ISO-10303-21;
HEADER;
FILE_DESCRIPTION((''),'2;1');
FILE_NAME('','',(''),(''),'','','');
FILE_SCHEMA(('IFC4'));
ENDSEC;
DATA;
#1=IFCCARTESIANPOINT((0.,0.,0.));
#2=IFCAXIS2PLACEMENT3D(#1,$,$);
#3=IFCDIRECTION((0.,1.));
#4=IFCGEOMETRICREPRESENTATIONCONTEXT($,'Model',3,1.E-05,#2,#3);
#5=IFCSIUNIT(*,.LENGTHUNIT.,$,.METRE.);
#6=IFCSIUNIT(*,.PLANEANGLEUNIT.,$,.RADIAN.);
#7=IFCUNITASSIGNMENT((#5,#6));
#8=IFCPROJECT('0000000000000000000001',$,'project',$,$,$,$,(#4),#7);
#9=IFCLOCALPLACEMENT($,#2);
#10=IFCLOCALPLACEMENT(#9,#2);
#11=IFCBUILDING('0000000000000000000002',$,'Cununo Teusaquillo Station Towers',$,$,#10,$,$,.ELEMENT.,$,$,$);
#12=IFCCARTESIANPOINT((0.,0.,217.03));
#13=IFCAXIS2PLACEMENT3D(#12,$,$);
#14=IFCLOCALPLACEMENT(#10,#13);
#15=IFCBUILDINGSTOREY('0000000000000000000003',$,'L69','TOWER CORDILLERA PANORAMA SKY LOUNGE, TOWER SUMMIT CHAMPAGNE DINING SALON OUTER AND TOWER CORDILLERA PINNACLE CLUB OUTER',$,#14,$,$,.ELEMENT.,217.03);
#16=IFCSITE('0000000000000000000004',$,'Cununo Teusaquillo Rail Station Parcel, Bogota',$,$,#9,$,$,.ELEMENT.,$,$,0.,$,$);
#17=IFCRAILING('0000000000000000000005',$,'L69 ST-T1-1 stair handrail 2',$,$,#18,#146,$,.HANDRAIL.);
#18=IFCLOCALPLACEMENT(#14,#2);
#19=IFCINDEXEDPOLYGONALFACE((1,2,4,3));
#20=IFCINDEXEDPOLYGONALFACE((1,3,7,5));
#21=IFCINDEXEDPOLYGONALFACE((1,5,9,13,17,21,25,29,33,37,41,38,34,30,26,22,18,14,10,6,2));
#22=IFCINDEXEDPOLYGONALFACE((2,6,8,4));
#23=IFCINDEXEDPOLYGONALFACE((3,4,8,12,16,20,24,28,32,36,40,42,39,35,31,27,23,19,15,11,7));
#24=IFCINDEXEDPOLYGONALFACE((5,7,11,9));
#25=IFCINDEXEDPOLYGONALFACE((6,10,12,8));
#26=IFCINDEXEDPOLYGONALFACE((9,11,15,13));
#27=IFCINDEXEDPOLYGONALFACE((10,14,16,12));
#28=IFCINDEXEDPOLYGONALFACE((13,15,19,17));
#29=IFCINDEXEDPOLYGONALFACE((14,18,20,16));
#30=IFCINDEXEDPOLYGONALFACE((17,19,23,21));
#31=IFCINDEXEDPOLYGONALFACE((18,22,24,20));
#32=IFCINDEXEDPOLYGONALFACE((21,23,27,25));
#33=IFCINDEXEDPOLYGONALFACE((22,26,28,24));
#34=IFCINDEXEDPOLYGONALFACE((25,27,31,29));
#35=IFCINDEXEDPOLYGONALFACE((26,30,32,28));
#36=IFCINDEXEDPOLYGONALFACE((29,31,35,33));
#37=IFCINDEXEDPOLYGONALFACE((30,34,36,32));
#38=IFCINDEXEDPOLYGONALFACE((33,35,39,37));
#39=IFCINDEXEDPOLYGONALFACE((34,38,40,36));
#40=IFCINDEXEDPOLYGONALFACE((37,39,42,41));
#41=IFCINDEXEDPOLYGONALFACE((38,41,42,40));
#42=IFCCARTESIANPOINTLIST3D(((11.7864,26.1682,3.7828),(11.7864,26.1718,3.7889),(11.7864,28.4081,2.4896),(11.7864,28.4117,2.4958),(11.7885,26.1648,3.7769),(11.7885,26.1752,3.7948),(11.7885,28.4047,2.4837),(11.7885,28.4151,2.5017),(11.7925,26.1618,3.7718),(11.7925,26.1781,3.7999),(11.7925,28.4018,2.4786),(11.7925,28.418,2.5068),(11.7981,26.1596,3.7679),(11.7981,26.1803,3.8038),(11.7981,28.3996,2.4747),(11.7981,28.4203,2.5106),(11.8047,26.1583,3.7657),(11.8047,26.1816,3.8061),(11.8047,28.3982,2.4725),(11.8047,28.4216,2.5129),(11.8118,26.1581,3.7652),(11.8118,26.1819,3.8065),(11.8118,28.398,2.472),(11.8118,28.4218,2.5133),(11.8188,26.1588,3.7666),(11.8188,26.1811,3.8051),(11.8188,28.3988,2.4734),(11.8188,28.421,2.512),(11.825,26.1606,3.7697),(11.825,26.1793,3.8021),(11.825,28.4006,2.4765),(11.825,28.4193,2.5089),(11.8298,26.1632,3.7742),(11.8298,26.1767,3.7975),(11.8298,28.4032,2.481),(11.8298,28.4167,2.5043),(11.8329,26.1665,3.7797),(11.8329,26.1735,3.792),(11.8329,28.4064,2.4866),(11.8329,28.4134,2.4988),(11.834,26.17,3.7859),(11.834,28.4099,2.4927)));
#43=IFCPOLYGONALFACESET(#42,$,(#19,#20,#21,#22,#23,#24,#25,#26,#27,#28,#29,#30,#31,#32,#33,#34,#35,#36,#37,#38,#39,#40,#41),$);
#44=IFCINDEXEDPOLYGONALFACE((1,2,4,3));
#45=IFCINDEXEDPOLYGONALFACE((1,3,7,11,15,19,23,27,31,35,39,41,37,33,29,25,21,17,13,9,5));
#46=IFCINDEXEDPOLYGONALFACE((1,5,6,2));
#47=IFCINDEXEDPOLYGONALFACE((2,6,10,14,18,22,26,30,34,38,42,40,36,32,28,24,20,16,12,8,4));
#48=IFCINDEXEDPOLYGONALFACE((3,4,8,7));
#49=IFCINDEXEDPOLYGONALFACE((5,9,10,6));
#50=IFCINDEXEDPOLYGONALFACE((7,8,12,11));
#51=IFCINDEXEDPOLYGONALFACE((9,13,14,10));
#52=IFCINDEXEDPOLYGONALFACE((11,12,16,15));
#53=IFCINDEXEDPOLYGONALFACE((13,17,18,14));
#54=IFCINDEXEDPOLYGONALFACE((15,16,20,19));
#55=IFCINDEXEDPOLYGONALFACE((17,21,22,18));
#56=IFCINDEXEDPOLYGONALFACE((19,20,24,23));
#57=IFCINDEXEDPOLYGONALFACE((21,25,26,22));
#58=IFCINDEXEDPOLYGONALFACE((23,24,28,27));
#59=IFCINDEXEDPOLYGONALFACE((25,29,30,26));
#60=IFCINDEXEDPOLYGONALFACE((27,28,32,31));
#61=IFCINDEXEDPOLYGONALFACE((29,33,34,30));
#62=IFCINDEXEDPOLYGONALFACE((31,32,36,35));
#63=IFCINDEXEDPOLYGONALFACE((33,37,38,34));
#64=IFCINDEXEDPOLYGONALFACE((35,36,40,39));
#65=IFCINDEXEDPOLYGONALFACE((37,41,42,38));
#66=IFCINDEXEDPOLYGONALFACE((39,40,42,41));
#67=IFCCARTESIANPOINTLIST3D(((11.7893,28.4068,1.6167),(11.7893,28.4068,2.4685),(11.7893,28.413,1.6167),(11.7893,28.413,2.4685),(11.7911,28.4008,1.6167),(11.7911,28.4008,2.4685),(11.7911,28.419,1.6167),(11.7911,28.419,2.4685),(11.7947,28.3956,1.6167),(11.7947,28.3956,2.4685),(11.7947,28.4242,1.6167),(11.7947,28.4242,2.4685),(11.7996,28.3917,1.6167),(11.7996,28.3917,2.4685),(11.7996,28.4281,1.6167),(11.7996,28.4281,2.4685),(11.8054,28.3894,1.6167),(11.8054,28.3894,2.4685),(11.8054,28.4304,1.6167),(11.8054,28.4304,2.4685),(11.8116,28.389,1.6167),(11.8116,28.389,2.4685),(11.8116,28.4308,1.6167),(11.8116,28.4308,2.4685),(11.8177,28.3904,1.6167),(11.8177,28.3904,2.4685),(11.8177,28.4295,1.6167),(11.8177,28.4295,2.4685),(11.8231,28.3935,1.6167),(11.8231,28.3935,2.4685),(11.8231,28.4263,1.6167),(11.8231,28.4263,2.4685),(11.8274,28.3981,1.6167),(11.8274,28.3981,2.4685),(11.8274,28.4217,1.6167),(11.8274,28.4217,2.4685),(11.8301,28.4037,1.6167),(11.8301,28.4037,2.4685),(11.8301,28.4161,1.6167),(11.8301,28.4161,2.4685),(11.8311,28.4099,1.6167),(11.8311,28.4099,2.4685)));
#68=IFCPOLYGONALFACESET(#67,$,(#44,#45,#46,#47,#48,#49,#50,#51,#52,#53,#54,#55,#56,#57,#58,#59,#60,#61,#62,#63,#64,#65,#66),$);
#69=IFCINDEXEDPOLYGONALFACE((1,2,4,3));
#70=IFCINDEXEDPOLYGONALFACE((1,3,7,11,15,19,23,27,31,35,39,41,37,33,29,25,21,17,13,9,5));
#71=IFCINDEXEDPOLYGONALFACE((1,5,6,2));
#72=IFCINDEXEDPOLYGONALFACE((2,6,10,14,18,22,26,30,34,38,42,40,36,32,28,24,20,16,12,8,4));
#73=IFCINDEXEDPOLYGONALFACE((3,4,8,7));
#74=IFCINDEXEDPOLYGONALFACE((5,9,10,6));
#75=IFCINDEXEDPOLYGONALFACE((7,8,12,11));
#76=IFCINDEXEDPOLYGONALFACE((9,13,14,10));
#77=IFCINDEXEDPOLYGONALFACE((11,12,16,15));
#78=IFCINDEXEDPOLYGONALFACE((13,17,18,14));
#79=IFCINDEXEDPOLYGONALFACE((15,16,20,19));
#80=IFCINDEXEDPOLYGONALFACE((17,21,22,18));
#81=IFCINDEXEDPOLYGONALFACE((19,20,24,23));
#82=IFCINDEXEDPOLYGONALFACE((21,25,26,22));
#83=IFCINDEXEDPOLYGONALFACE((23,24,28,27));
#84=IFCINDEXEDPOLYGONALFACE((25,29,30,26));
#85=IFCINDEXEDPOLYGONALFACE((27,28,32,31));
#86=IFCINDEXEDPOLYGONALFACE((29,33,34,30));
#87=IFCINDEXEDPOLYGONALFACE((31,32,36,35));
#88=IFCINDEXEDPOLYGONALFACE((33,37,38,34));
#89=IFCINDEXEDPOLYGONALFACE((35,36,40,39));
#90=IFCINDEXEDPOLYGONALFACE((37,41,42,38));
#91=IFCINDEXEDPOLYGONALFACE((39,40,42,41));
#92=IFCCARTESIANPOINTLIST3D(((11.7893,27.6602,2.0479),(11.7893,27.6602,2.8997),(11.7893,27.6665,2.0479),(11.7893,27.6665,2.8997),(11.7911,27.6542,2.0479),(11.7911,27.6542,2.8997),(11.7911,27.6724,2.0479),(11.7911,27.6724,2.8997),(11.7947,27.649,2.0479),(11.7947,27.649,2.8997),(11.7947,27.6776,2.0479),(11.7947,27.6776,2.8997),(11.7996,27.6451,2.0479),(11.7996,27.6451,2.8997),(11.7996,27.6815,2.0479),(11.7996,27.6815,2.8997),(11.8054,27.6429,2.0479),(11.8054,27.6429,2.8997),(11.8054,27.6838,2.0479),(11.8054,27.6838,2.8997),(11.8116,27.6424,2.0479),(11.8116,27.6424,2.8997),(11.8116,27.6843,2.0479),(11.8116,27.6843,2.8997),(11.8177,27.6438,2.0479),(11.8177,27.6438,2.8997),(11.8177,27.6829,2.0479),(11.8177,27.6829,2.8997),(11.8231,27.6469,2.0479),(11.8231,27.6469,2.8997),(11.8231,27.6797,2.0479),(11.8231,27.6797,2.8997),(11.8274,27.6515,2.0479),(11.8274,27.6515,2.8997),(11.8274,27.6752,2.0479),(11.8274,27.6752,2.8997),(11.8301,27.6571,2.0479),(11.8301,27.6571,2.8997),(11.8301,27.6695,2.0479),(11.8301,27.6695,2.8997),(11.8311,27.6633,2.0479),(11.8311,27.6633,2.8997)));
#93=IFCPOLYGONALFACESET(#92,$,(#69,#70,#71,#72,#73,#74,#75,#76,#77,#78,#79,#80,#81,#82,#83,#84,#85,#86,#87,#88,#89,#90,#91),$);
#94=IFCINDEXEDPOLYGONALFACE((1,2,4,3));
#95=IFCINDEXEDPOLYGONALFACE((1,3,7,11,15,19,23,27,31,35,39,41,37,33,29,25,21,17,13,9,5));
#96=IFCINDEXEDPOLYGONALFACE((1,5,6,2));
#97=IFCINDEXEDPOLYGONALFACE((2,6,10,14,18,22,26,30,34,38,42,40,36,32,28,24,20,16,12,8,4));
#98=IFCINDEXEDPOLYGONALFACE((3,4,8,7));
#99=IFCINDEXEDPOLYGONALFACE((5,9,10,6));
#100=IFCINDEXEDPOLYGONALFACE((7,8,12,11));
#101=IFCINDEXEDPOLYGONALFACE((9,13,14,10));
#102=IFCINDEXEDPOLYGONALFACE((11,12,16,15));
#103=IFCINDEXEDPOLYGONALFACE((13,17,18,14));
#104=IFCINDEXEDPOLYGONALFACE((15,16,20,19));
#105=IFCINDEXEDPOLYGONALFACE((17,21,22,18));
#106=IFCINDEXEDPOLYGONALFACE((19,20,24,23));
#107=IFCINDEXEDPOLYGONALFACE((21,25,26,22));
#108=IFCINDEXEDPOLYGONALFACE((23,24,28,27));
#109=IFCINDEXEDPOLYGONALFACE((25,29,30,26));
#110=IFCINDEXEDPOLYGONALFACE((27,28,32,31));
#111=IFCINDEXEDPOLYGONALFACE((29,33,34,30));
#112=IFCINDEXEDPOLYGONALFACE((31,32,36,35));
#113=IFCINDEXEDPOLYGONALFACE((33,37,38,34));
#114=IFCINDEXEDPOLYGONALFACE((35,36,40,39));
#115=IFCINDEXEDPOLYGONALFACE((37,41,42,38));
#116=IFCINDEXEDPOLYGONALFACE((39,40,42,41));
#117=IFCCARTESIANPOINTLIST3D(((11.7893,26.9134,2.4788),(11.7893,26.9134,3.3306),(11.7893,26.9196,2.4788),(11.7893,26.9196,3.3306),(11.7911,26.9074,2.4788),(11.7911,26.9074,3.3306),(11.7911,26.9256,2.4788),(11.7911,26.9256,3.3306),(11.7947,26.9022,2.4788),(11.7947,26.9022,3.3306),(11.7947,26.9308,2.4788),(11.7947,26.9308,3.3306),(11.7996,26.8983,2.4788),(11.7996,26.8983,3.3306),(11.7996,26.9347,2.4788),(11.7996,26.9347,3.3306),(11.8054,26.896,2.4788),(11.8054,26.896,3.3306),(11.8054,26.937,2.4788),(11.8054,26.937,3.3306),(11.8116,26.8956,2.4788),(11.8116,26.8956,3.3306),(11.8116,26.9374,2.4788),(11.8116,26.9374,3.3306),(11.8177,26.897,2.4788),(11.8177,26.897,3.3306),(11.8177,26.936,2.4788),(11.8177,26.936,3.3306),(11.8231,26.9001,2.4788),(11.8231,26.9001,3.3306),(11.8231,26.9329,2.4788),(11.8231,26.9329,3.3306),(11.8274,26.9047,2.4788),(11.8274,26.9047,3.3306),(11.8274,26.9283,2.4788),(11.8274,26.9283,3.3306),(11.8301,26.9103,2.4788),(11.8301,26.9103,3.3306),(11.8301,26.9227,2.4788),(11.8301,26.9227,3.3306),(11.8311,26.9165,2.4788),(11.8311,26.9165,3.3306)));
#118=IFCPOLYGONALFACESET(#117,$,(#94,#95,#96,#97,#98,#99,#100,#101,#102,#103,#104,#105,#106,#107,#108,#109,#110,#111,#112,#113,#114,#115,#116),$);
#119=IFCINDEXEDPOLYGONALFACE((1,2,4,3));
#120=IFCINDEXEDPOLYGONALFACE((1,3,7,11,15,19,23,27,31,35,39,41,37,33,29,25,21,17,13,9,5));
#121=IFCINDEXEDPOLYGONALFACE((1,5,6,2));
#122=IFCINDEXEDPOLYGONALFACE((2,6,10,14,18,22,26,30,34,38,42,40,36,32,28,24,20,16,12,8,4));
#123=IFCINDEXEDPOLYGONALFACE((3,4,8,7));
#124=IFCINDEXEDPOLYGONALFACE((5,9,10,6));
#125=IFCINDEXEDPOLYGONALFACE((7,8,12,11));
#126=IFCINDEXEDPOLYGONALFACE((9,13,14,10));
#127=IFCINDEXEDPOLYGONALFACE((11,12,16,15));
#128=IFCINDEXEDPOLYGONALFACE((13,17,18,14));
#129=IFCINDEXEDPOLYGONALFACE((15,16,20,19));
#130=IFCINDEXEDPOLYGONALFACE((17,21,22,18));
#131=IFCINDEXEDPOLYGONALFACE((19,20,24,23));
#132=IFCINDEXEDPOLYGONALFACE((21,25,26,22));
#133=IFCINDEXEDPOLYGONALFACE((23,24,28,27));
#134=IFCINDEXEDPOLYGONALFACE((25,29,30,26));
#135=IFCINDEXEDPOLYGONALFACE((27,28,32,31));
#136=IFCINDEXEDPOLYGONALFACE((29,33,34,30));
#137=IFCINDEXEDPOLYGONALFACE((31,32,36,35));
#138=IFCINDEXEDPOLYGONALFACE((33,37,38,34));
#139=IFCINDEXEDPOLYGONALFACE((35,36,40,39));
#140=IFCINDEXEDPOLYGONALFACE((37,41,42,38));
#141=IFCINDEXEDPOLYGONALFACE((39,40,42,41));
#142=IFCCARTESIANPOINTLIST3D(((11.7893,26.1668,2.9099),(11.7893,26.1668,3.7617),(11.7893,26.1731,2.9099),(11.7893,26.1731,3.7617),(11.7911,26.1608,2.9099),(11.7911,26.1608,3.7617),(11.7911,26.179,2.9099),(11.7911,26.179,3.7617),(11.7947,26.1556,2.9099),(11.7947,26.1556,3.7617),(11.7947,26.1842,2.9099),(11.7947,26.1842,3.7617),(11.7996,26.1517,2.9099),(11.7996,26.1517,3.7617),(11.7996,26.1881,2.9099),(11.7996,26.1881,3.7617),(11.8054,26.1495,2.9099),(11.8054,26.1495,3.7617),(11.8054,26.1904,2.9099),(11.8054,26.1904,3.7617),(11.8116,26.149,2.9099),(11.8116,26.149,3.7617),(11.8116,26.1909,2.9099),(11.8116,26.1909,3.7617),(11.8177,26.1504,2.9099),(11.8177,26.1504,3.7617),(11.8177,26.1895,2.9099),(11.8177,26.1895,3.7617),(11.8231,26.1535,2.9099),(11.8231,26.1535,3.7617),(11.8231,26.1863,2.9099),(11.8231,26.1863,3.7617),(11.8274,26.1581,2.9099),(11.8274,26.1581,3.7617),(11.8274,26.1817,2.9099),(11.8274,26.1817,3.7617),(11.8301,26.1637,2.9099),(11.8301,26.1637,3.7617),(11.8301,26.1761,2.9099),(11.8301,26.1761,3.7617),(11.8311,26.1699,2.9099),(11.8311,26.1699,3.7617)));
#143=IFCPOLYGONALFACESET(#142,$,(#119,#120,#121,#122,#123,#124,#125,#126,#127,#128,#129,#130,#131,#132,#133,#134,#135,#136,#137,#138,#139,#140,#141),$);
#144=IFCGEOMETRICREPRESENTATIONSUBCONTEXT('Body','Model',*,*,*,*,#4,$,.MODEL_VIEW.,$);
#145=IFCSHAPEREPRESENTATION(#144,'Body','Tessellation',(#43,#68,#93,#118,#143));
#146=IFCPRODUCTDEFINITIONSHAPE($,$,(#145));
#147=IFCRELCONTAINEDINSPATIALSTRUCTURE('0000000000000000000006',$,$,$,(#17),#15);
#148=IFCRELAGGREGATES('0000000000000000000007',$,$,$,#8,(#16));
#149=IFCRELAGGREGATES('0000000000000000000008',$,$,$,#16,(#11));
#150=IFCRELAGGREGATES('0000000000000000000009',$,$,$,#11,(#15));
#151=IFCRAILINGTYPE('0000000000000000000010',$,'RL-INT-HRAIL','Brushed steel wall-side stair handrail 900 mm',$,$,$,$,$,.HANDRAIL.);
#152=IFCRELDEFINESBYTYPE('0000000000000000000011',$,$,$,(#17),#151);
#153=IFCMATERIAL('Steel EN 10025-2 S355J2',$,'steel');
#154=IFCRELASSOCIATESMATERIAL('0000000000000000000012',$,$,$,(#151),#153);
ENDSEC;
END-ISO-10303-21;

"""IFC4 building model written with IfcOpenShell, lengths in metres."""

from ifc_helpers import new_model, si_unit, direction, frame, origin, origin_2d, place, context, subcontext, project, spatial, circle, extrude, material, type_object, element, save


model = new_model("IFC4")

# Units and contexts
model_context = context("Model", 3, precision=1e-05, world=origin(), true_north=direction((0.0, 1.0)))
body_context = subcontext(model_context, "Body", "Model", "MODEL_VIEW")
ifc_project = project(units=[si_unit("LENGTHUNIT", "METRE"), si_unit("PLANEANGLEUNIT", "RADIAN")], contexts=[model_context])

# Site, building, storey
site_placement = place(None, origin())
site = spatial("IfcSite", under=ifc_project, at=site_placement, Name="Cununo Teusaquillo Rail Station Parcel, Bogota", CompositionType="ELEMENT", RefElevation=0.0)
building_placement = place(site_placement, origin())
building = spatial("IfcBuilding", under=site, at=building_placement, Name="Cununo Teusaquillo Station Towers", CompositionType="ELEMENT")
storey_placement = place(building_placement, frame((0.0, 0.0, 217.03)))
storey = spatial("IfcBuildingStorey", under=building, at=storey_placement, Name="L69", Description="TOWER CORDILLERA PANORAMA SKY LOUNGE, TOWER SUMMIT CHAMPAGNE DINING SALON OUTER AND TOWER CORDILLERA PINNACLE CLUB OUTER", CompositionType="ELEMENT", Elevation=217.03)

# Railing
ifc_material_1 = material(Name="Steel EN 10025-2 S355J2", Category="steel")
railing_type_1 = type_object("IfcRailingType", Name="RL-INT-HRAIL", Description="Brushed steel wall-side stair handrail 900 mm", PredefinedType="HANDRAIL", material=ifc_material_1)
railing_1_placement = place(storey_placement, frame((11.8101, 28.4099, 1.6167)))
element("IfcRailing", 1, at=railing_1_placement, inside=storey, type_object=railing_type_1, Name="L69 ST-T1-1 stair handrail 2", PredefinedType="HANDRAIL", context=body_context, shape_type="SweptSolid", body=[
    extrude(circle(Radius=0.0239, at=origin_2d()), frame((0.0, 0.0, 0.876), z_axis=(0.0, -0.866033, 0.499987), x_axis=(1.0, 0.0, 0.0)), (0.0, 0.0, 1.0), 2.5864),
    extrude(circle(Radius=0.021, at=origin_2d()), origin(), (0.0, 0.0, 1.0), 0.8518),
    extrude(circle(Radius=0.021, at=origin_2d()), frame((0.0, -0.7466, 0.4312)), (0.0, 0.0, 1.0), 0.8518),
    extrude(circle(Radius=0.021, at=origin_2d()), frame((0.0, -1.4934, 0.8621)), (0.0, 0.0, 1.0), 0.8518),
    extrude(circle(Radius=0.021, at=origin_2d()), frame((0.0, -2.24, 1.2932)), (0.0, 0.0, 1.0), 0.8518),
])

save(model, "model.ifc")
